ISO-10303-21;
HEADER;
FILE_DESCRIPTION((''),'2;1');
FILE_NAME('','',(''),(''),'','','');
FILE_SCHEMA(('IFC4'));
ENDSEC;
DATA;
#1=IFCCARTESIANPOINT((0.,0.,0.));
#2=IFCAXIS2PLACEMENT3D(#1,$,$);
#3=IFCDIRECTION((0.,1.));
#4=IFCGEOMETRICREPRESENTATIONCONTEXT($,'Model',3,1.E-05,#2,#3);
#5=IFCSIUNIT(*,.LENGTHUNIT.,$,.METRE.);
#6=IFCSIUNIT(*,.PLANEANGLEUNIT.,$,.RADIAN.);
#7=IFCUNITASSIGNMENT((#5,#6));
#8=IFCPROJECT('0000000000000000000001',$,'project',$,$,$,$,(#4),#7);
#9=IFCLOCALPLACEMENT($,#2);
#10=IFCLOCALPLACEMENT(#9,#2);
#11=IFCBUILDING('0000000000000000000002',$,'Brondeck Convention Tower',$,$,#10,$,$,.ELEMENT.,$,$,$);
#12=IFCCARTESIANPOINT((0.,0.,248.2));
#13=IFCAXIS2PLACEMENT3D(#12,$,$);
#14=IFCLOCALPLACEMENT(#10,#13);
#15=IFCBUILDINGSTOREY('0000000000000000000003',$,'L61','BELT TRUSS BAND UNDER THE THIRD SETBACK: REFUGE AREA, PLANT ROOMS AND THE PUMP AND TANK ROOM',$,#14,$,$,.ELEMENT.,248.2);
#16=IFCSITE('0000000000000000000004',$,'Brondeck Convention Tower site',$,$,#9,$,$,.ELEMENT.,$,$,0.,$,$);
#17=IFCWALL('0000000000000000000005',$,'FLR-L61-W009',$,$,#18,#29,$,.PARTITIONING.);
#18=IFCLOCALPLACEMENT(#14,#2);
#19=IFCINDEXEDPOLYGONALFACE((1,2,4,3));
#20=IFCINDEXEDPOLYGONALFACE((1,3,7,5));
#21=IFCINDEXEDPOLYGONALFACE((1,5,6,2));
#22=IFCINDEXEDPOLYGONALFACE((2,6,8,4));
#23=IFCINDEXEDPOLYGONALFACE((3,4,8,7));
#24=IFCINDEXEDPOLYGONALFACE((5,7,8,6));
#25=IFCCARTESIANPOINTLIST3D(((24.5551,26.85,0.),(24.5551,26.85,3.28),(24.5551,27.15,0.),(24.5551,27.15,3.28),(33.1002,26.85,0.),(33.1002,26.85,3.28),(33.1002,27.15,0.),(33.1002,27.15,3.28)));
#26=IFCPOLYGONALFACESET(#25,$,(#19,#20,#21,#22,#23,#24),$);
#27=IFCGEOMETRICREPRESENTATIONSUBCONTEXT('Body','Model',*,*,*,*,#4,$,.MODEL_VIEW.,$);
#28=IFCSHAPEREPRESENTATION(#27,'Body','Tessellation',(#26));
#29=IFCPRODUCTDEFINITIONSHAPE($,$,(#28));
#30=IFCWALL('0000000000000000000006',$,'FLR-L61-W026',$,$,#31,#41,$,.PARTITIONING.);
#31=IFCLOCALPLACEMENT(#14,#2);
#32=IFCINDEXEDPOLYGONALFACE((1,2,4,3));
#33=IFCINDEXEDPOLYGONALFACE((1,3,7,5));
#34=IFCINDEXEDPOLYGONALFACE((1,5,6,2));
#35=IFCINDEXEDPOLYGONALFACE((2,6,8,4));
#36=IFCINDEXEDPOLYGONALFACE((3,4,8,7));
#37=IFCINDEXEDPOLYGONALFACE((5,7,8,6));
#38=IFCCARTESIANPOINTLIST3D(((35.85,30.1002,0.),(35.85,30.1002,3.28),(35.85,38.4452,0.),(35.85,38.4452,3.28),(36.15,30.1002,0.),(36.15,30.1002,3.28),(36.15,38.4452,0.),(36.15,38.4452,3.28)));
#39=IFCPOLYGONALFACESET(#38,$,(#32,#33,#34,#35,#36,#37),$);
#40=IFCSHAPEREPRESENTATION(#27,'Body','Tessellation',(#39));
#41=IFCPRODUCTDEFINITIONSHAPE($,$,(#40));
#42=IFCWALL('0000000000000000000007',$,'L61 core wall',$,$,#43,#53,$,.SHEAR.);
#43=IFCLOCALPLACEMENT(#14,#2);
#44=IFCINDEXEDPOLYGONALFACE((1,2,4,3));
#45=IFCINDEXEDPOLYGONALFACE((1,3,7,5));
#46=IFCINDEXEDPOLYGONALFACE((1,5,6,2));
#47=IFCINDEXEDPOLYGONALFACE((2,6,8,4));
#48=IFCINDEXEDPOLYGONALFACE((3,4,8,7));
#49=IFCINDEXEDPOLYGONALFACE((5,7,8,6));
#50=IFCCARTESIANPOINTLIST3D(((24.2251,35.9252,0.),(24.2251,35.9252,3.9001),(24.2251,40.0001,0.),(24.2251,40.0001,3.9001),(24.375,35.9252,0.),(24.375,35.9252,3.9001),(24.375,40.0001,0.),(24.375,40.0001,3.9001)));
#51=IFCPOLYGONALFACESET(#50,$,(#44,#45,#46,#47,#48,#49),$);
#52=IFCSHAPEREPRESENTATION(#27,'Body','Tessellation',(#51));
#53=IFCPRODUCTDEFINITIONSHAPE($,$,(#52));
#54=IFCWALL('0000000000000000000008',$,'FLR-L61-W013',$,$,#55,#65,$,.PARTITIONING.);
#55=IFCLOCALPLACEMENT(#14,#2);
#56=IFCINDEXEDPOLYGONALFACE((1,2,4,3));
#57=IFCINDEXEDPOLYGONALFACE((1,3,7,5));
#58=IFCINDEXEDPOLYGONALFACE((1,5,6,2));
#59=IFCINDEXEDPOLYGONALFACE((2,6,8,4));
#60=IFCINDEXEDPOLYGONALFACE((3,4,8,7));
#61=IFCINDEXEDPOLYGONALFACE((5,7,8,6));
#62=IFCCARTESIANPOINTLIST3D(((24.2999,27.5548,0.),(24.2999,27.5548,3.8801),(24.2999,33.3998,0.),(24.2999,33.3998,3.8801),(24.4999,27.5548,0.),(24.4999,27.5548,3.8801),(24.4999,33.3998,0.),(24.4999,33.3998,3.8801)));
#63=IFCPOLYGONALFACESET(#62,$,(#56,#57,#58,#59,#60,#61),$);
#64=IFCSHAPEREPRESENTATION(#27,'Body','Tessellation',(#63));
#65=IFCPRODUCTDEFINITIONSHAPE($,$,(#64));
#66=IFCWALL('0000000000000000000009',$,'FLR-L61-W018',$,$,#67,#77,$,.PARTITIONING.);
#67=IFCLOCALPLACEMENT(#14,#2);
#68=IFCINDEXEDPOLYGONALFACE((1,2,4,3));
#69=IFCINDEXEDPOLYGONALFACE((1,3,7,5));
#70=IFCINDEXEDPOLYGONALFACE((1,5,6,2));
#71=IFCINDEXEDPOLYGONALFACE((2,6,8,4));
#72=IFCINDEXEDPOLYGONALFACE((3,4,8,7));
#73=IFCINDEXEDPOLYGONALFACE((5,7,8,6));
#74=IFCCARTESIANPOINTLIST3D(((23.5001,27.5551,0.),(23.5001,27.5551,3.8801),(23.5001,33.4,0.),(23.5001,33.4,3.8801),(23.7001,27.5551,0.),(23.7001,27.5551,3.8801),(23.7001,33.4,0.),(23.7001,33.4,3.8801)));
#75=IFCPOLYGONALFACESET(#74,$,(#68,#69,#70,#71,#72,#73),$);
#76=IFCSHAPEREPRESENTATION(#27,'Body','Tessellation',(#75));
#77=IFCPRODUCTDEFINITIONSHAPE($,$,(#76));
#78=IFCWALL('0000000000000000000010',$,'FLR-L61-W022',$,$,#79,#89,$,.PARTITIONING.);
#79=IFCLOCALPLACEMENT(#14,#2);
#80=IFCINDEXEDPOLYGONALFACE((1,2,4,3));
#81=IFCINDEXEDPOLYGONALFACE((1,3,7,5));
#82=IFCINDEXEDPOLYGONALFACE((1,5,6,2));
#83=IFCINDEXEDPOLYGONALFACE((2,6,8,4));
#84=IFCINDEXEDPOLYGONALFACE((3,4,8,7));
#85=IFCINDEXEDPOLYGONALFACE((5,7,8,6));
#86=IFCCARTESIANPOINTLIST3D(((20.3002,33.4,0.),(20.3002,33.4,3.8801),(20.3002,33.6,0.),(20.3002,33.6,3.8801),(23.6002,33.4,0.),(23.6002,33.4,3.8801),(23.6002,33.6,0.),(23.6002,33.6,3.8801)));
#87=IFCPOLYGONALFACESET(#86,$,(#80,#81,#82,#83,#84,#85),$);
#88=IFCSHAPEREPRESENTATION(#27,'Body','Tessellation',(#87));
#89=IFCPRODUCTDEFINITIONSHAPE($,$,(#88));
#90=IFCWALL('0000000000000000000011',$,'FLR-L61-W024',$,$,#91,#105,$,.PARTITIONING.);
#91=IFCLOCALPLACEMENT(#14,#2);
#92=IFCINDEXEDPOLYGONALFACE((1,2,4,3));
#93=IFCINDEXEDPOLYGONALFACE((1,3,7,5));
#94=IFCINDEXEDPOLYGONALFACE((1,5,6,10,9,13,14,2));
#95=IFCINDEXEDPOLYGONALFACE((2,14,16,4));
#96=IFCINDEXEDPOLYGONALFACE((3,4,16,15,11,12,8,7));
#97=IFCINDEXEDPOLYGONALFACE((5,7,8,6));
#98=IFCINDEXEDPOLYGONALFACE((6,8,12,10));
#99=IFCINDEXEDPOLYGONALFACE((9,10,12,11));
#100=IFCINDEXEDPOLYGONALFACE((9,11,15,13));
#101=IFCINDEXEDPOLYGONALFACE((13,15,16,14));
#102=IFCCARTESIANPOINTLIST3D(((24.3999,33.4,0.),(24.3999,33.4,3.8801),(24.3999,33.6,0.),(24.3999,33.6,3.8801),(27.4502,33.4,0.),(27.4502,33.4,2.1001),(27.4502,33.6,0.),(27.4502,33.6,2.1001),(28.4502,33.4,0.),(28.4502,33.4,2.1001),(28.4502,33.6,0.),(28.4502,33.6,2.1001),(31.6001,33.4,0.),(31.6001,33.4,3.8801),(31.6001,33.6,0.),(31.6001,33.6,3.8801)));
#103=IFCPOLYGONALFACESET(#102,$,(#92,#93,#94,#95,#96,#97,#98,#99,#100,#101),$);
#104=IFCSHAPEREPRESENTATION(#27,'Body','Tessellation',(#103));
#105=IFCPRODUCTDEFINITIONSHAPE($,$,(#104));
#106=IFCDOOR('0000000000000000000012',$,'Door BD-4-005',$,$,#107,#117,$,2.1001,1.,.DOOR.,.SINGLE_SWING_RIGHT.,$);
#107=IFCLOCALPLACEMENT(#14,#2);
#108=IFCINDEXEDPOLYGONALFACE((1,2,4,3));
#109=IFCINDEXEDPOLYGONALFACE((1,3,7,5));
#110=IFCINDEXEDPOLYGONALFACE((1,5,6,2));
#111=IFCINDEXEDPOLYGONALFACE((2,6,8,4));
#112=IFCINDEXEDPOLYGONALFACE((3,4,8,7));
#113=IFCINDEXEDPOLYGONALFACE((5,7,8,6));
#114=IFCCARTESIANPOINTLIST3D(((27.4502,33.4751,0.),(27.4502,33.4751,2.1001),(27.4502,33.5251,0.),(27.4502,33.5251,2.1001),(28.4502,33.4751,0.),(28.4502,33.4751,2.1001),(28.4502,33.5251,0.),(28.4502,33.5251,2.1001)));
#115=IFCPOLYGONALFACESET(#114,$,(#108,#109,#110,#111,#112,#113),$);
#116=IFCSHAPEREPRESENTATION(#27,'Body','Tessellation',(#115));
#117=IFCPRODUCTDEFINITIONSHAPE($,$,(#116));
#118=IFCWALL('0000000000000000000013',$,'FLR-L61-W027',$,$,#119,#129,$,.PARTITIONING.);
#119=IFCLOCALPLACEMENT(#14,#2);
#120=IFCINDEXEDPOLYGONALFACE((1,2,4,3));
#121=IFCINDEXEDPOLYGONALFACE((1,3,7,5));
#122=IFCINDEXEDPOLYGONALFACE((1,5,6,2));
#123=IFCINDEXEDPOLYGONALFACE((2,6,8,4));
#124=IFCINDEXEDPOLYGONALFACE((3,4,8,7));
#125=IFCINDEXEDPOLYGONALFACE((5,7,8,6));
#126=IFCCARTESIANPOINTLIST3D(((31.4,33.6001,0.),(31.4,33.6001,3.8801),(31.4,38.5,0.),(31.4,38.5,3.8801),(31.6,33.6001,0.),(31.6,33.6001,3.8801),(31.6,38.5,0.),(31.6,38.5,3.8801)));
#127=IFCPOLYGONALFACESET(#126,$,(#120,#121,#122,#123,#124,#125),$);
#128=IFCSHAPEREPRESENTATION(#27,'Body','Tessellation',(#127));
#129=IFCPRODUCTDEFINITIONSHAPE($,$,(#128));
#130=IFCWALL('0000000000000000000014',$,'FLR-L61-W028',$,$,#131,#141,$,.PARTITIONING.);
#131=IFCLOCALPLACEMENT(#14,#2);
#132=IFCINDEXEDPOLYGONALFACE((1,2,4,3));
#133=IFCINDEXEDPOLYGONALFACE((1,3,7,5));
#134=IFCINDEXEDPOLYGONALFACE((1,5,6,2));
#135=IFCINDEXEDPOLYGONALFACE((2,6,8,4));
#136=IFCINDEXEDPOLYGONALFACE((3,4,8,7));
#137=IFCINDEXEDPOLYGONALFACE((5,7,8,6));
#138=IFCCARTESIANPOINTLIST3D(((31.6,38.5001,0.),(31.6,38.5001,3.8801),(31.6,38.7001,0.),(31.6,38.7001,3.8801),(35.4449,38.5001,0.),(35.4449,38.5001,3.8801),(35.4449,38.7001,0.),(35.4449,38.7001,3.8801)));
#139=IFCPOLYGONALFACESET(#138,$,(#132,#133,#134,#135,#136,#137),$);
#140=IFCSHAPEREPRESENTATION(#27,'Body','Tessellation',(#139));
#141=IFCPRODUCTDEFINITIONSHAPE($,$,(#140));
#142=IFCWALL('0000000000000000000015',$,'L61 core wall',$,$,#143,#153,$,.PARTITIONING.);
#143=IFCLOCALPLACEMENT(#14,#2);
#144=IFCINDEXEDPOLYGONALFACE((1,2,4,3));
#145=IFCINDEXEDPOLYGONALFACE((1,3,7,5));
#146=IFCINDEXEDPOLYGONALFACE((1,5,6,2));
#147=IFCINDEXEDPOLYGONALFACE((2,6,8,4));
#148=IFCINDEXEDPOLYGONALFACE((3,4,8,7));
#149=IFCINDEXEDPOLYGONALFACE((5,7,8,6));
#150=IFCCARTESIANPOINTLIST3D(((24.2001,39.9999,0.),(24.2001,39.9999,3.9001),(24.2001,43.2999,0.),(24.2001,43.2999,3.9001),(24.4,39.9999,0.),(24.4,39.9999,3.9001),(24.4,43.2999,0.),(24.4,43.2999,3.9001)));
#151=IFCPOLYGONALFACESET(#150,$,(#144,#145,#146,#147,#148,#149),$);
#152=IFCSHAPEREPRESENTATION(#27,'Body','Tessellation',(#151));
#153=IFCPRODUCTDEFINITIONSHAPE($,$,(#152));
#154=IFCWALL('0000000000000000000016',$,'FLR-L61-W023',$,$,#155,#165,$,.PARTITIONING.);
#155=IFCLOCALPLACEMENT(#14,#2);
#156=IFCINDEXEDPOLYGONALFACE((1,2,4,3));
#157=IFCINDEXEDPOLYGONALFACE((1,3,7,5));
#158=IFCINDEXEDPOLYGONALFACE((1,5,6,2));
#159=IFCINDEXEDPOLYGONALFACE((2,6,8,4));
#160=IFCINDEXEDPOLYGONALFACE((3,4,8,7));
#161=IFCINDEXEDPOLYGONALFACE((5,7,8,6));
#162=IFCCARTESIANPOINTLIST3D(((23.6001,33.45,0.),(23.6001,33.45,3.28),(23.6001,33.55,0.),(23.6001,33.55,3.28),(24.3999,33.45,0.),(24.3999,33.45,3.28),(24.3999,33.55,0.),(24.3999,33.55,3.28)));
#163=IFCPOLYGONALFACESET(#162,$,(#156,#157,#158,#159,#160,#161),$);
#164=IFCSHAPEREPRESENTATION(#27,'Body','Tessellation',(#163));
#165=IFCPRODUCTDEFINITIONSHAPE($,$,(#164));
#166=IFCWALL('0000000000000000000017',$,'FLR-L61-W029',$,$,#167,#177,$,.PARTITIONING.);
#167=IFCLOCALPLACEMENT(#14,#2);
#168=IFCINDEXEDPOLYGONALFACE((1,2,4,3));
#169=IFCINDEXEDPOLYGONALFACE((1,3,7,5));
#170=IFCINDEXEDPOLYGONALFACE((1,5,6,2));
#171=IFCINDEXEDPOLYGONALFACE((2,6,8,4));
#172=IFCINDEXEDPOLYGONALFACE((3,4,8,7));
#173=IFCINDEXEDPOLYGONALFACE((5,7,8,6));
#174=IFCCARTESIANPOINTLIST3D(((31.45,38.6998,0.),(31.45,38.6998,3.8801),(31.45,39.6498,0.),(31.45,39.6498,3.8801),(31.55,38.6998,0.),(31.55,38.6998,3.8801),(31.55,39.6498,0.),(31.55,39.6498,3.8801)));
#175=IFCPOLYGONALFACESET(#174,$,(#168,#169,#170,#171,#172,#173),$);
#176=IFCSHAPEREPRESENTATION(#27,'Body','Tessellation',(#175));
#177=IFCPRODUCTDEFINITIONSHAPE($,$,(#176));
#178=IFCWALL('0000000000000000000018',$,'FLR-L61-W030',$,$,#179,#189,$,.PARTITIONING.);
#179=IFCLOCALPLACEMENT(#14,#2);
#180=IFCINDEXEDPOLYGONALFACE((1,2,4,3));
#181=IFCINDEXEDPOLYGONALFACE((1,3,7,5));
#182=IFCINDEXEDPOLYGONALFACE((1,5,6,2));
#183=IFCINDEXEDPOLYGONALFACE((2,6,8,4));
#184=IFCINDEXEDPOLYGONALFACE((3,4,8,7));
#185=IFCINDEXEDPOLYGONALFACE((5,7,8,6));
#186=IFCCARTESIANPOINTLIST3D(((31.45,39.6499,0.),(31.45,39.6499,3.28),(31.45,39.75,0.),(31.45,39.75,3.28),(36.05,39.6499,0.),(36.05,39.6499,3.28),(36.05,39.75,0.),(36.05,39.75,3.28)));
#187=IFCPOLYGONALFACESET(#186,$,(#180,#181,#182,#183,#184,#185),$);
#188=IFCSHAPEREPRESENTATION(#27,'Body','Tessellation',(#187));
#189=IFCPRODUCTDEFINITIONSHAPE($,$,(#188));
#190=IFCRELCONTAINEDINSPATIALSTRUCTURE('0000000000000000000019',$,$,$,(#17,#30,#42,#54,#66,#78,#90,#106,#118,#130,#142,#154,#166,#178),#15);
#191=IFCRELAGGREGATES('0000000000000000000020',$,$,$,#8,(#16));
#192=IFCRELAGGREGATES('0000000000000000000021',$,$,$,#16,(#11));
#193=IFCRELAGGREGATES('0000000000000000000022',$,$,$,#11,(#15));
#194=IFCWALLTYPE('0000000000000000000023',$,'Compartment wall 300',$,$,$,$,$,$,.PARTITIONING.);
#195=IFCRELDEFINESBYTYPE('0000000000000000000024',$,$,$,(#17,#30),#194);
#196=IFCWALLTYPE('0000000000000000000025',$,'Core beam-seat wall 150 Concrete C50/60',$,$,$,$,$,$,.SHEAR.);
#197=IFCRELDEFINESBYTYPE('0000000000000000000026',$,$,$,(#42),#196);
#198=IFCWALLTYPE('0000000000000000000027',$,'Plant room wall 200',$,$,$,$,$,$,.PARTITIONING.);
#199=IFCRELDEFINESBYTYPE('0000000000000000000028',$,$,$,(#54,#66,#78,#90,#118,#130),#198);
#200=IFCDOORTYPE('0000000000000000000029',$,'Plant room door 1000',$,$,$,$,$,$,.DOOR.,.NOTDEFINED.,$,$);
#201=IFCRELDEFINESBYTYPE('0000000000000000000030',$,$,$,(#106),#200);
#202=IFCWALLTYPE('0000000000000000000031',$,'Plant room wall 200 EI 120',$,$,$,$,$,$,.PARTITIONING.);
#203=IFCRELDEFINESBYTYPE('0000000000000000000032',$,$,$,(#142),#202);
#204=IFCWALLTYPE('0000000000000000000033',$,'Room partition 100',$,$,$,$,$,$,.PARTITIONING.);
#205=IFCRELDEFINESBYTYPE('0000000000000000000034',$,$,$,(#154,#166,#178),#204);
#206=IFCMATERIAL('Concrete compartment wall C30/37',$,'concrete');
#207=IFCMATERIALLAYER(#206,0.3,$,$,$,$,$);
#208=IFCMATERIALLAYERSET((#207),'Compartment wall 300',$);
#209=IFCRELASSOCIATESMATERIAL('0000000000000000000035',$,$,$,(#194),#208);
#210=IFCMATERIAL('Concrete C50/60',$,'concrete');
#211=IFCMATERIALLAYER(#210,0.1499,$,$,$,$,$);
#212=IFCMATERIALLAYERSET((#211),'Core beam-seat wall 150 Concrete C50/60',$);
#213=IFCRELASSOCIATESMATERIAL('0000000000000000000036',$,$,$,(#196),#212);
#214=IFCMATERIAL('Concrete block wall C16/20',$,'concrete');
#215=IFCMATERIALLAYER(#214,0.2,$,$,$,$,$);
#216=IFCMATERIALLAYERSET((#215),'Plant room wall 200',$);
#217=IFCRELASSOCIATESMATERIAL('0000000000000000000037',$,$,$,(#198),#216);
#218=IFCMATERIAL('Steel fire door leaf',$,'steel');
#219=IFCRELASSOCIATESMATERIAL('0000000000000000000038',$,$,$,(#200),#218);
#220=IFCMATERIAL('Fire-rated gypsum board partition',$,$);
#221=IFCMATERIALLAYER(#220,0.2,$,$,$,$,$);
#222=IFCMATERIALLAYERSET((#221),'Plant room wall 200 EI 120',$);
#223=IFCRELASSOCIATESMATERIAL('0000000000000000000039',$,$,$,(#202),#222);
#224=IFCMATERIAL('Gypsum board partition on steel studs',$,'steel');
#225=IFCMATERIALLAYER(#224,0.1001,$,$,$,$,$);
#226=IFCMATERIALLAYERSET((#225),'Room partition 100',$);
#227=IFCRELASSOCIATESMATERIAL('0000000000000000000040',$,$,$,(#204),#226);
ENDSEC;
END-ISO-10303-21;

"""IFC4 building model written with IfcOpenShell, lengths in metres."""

from ifc_helpers import new_model, si_unit, direction, frame, frame_2d, origin, place, context, subcontext, project, spatial, rectangle, extrude, material, layer, layer_set, type_object, element, fill, save


model = new_model("IFC4")

# Units and contexts
model_context = context("Model", 3, precision=1e-05, world=origin(), true_north=direction((0.0, 1.0)))
body_context = subcontext(model_context, "Body", "Model", "MODEL_VIEW")
ifc_project = project(units=[si_unit("LENGTHUNIT", "METRE"), si_unit("PLANEANGLEUNIT", "RADIAN")], contexts=[model_context])

# Site, building, storey
site_placement = place(None, origin())
site = spatial("IfcSite", under=ifc_project, at=site_placement, Name="Brondeck Convention Tower site", CompositionType="ELEMENT", RefElevation=0.0)
building_placement = place(site_placement, origin())
building = spatial("IfcBuilding", under=site, at=building_placement, Name="Brondeck Convention Tower", CompositionType="ELEMENT")
storey_placement = place(building_placement, frame((0.0, 0.0, 248.2)))
storey = spatial("IfcBuildingStorey", under=building, at=storey_placement, Name="L61", Description="BELT TRUSS BAND UNDER THE THIRD SETBACK: REFUGE AREA, PLANT ROOMS AND THE PUMP AND TANK ROOM", CompositionType="ELEMENT", Elevation=248.2)

# Shared definitions
ifc_material_1 = material(Name="Concrete C50/60", Category="concrete")

# Walls
ifc_material_2 = material(Name="Concrete compartment wall C30/37", Category="concrete")
ifc_layer_1 = layer(ifc_material_2, 0.3)
ifc_layer_set_1 = layer_set([ifc_layer_1], Name="Compartment wall 300")
wall_type_1 = type_object("IfcWallType", Name="Compartment wall 300", PredefinedType="PARTITIONING", material=ifc_layer_set_1)
wall_1_placement = place(storey_placement, frame((33.1001, 27.0, 0.0), z_axis=(0.0, 0.0, 1.0), x_axis=(-1.0, 0.0, 0.0)))
element("IfcWall", 1, at=wall_1_placement, inside=storey, type_object=wall_type_1, Name="FLR-L61-W009", PredefinedType="PARTITIONING", context=body_context, shape_type="SweptSolid", body=[
    extrude(rectangle(XDim=8.5452, YDim=0.3, at=frame_2d((4.2725, 0.0))), origin(), (0.0, 0.0, 1.0), 3.28),
])
wall_2_placement = place(storey_placement, frame((36.0, 38.4451, 0.0), z_axis=(0.0, 0.0, 1.0), x_axis=(0.0, -1.0, 0.0)))
element("IfcWall", 2, at=wall_2_placement, inside=storey, type_object=wall_type_1, Name="FLR-L61-W026", PredefinedType="PARTITIONING", context=body_context, shape_type="SweptSolid", body=[
    extrude(rectangle(XDim=8.345, YDim=0.3, at=frame_2d((4.1724, 0.0))), origin(), (0.0, 0.0, 1.0), 3.28),
])
ifc_layer_2 = layer(ifc_material_1, 0.1499)
ifc_layer_set_2 = layer_set([ifc_layer_2], Name="Core beam-seat wall 150 Concrete C50/60")
wall_type_2 = type_object("IfcWallType", Name="Core beam-seat wall 150 Concrete C50/60", PredefinedType="SHEAR", material=ifc_layer_set_2)
wall_3_placement = place(storey_placement, frame((24.3, 35.925, 0.0), z_axis=(0.0, 0.0, 1.0), x_axis=(0.0, 1.0, 0.0)))
element("IfcWall", 3, at=wall_3_placement, inside=storey, type_object=wall_type_2, Name="L61 core wall", PredefinedType="SHEAR", context=body_context, shape_type="SweptSolid", body=[
    extrude(rectangle(XDim=4.075, YDim=0.1499, at=frame_2d((2.0376, 0.0))), origin(), (0.0, 0.0, 1.0), 3.9001),
])
ifc_material_3 = material(Name="Concrete block wall C16/20", Category="concrete")
ifc_layer_3 = layer(ifc_material_3, 0.2)
ifc_layer_set_3 = layer_set([ifc_layer_3], Name="Plant room wall 200")
wall_type_3 = type_object("IfcWallType", Name="Plant room wall 200", PredefinedType="PARTITIONING", material=ifc_layer_set_3)
for number, where, z_axis, x_axis, name in (
    (4, (24.3999, 27.5549, 0.0), (0.0, 0.0, 1.0), (0.0, 1.0, 0.0), "FLR-L61-W013"),
    (5, (23.6001, 33.3999, 0.0), (0.0, 0.0, 1.0), (0.0, -1.0, 0.0), "FLR-L61-W018"),
):
    element("IfcWall", number, at=place(storey_placement, frame(where, z_axis=z_axis, x_axis=x_axis)), inside=storey, type_object=wall_type_3, Name=name, PredefinedType="PARTITIONING", context=body_context, shape_type="SweptSolid", body=[
        extrude(rectangle(XDim=5.845, YDim=0.2, at=frame_2d((2.9224, 0.0))), origin(), (0.0, 0.0, 1.0), 3.8801),
    ])
wall_4_placement = place(storey_placement, frame((23.6001, 33.5, 0.0), z_axis=(0.0, 0.0, 1.0), x_axis=(-1.0, 0.0, 0.0)))
element("IfcWall", 6, at=wall_4_placement, inside=storey, type_object=wall_type_3, Name="FLR-L61-W022", PredefinedType="PARTITIONING", context=body_context, shape_type="SweptSolid", body=[
    extrude(rectangle(XDim=3.3, YDim=0.2, at=frame_2d((1.6499, 0.0))), origin(), (0.0, 0.0, 1.0), 3.8801),
])

# Wall, opening, door
wall_5_placement = place(storey_placement, frame((31.6001, 33.5, 0.0), z_axis=(0.0, 0.0, 1.0), x_axis=(-1.0, 0.0, 0.0)))
wall_5 = element("IfcWall", 7, at=wall_5_placement, inside=storey, type_object=wall_type_3, Name="FLR-L61-W024", PredefinedType="PARTITIONING", context=body_context, shape_type="SweptSolid", body=[
    extrude(rectangle(XDim=7.2002, YDim=0.2, at=frame_2d((3.6001, 0.0))), origin(), (0.0, 0.0, 1.0), 3.8801),
])
opening_placement = place(wall_5_placement, frame((3.1499, 0.0, 0.0)))
opening = element("IfcOpeningElement", 8, at=opening_placement, cuts=wall_5, PredefinedType="OPENING", context=body_context, shape_type="SweptSolid", body=[
    extrude(rectangle(XDim=1.0, YDim=2.1001, at=frame_2d((0.5, 1.05))), frame((0.0, 0.1099, 0.0), z_axis=(0.0, -1.0, 0.0), x_axis=(1.0, 0.0, 0.0)), (0.0, 0.0, 1.0), 0.22),
])
ifc_material_4 = material(Name="Steel fire door leaf", Category="steel")
door_type = type_object("IfcDoorType", Name="Plant room door 1000", OperationType="NOTDEFINED", PredefinedType="DOOR", material=ifc_material_4)
door_placement = place(opening_placement, origin())
door = element("IfcDoor", 9, at=door_placement, inside=storey, type_object=door_type, Name="Door BD-4-005", OperationType="SINGLE_SWING_RIGHT", OverallHeight=2.1001, OverallWidth=1.0, PredefinedType="DOOR", context=body_context, shape_type="SweptSolid", body=[
    extrude(rectangle(XDim=1.0, YDim=2.1001, at=frame_2d((0.5, 1.05))), frame((0.0, 0.0249, 0.0), z_axis=(0.0, -1.0, 0.0), x_axis=(1.0, 0.0, 0.0)), (0.0, 0.0, 1.0), 0.05),
])
fill(opening, door)

# Walls
wall_6_placement = place(storey_placement, frame((31.5, 38.5, 0.0), z_axis=(0.0, 0.0, 1.0), x_axis=(0.0, -1.0, 0.0)))
element("IfcWall", 10, at=wall_6_placement, inside=storey, type_object=wall_type_3, Name="FLR-L61-W027", PredefinedType="PARTITIONING", context=body_context, shape_type="SweptSolid", body=[
    extrude(rectangle(XDim=4.8999, YDim=0.2, at=frame_2d((2.45, 0.0))), origin(), (0.0, 0.0, 1.0), 3.8801),
])
wall_7_placement = place(storey_placement, frame((31.6001, 38.6001, 0.0), z_axis=(0.0, 0.0, 1.0), x_axis=(1.0, 0.0, 0.0)))
element("IfcWall", 11, at=wall_7_placement, inside=storey, type_object=wall_type_3, Name="FLR-L61-W028", PredefinedType="PARTITIONING", context=body_context, shape_type="SweptSolid", body=[
    extrude(rectangle(XDim=3.845, YDim=0.2, at=frame_2d((1.9224, 0.0))), origin(), (0.0, 0.0, 1.0), 3.8801),
])
ifc_material_5 = material(Name="Fire-rated gypsum board partition")
ifc_layer_4 = layer(ifc_material_5, 0.2)
ifc_layer_set_4 = layer_set([ifc_layer_4], Name="Plant room wall 200 EI 120")
wall_type_4 = type_object("IfcWallType", Name="Plant room wall 200 EI 120", PredefinedType="PARTITIONING", material=ifc_layer_set_4)
wall_8_placement = place(storey_placement, frame((24.3, 40.0, 0.0), z_axis=(0.0, 0.0, 1.0), x_axis=(0.0, 1.0, 0.0)))
element("IfcWall", 12, at=wall_8_placement, inside=storey, type_object=wall_type_4, Name="L61 core wall", PredefinedType="PARTITIONING", context=body_context, shape_type="SweptSolid", body=[
    extrude(rectangle(XDim=3.3, YDim=0.2, at=frame_2d((1.6499, 0.0))), origin(), (0.0, 0.0, 1.0), 3.9001),
])
ifc_material_6 = material(Name="Gypsum board partition on steel studs", Category="steel")
ifc_layer_5 = layer(ifc_material_6, 0.1001)
ifc_layer_set_5 = layer_set([ifc_layer_5], Name="Room partition 100")
wall_type_5 = type_object("IfcWallType", Name="Room partition 100", PredefinedType="PARTITIONING", material=ifc_layer_set_5)
wall_9_placement = place(storey_placement, frame((24.3999, 33.5, 0.0), z_axis=(0.0, 0.0, 1.0), x_axis=(-1.0, 0.0, 0.0)))
element("IfcWall", 13, at=wall_9_placement, inside=storey, type_object=wall_type_5, Name="FLR-L61-W023", PredefinedType="PARTITIONING", context=body_context, shape_type="SweptSolid", body=[
    extrude(rectangle(XDim=0.7998, YDim=0.1001, at=frame_2d((0.3999, 0.0))), origin(), (0.0, 0.0, 1.0), 3.28),
])
wall_10_placement = place(storey_placement, frame((31.5, 39.6499, 0.0), z_axis=(0.0, 0.0, 1.0), x_axis=(0.0, -1.0, 0.0)))
element("IfcWall", 14, at=wall_10_placement, inside=storey, type_object=wall_type_5, Name="FLR-L61-W029", PredefinedType="PARTITIONING", context=body_context, shape_type="SweptSolid", body=[
    extrude(rectangle(XDim=0.95, YDim=0.1001, at=frame_2d((0.4751, 0.0))), origin(), (0.0, 0.0, 1.0), 3.8801),
])
wall_11_placement = place(storey_placement, frame((36.05, 39.7, 0.0), z_axis=(0.0, 0.0, 1.0), x_axis=(-1.0, 0.0, 0.0)))
element("IfcWall", 15, at=wall_11_placement, inside=storey, type_object=wall_type_5, Name="FLR-L61-W030", PredefinedType="PARTITIONING", context=body_context, shape_type="SweptSolid", body=[
    extrude(rectangle(XDim=4.6001, YDim=0.1001, at=frame_2d((2.3, 0.0))), origin(), (0.0, 0.0, 1.0), 3.28),
])

save(model, "model.ifc")
